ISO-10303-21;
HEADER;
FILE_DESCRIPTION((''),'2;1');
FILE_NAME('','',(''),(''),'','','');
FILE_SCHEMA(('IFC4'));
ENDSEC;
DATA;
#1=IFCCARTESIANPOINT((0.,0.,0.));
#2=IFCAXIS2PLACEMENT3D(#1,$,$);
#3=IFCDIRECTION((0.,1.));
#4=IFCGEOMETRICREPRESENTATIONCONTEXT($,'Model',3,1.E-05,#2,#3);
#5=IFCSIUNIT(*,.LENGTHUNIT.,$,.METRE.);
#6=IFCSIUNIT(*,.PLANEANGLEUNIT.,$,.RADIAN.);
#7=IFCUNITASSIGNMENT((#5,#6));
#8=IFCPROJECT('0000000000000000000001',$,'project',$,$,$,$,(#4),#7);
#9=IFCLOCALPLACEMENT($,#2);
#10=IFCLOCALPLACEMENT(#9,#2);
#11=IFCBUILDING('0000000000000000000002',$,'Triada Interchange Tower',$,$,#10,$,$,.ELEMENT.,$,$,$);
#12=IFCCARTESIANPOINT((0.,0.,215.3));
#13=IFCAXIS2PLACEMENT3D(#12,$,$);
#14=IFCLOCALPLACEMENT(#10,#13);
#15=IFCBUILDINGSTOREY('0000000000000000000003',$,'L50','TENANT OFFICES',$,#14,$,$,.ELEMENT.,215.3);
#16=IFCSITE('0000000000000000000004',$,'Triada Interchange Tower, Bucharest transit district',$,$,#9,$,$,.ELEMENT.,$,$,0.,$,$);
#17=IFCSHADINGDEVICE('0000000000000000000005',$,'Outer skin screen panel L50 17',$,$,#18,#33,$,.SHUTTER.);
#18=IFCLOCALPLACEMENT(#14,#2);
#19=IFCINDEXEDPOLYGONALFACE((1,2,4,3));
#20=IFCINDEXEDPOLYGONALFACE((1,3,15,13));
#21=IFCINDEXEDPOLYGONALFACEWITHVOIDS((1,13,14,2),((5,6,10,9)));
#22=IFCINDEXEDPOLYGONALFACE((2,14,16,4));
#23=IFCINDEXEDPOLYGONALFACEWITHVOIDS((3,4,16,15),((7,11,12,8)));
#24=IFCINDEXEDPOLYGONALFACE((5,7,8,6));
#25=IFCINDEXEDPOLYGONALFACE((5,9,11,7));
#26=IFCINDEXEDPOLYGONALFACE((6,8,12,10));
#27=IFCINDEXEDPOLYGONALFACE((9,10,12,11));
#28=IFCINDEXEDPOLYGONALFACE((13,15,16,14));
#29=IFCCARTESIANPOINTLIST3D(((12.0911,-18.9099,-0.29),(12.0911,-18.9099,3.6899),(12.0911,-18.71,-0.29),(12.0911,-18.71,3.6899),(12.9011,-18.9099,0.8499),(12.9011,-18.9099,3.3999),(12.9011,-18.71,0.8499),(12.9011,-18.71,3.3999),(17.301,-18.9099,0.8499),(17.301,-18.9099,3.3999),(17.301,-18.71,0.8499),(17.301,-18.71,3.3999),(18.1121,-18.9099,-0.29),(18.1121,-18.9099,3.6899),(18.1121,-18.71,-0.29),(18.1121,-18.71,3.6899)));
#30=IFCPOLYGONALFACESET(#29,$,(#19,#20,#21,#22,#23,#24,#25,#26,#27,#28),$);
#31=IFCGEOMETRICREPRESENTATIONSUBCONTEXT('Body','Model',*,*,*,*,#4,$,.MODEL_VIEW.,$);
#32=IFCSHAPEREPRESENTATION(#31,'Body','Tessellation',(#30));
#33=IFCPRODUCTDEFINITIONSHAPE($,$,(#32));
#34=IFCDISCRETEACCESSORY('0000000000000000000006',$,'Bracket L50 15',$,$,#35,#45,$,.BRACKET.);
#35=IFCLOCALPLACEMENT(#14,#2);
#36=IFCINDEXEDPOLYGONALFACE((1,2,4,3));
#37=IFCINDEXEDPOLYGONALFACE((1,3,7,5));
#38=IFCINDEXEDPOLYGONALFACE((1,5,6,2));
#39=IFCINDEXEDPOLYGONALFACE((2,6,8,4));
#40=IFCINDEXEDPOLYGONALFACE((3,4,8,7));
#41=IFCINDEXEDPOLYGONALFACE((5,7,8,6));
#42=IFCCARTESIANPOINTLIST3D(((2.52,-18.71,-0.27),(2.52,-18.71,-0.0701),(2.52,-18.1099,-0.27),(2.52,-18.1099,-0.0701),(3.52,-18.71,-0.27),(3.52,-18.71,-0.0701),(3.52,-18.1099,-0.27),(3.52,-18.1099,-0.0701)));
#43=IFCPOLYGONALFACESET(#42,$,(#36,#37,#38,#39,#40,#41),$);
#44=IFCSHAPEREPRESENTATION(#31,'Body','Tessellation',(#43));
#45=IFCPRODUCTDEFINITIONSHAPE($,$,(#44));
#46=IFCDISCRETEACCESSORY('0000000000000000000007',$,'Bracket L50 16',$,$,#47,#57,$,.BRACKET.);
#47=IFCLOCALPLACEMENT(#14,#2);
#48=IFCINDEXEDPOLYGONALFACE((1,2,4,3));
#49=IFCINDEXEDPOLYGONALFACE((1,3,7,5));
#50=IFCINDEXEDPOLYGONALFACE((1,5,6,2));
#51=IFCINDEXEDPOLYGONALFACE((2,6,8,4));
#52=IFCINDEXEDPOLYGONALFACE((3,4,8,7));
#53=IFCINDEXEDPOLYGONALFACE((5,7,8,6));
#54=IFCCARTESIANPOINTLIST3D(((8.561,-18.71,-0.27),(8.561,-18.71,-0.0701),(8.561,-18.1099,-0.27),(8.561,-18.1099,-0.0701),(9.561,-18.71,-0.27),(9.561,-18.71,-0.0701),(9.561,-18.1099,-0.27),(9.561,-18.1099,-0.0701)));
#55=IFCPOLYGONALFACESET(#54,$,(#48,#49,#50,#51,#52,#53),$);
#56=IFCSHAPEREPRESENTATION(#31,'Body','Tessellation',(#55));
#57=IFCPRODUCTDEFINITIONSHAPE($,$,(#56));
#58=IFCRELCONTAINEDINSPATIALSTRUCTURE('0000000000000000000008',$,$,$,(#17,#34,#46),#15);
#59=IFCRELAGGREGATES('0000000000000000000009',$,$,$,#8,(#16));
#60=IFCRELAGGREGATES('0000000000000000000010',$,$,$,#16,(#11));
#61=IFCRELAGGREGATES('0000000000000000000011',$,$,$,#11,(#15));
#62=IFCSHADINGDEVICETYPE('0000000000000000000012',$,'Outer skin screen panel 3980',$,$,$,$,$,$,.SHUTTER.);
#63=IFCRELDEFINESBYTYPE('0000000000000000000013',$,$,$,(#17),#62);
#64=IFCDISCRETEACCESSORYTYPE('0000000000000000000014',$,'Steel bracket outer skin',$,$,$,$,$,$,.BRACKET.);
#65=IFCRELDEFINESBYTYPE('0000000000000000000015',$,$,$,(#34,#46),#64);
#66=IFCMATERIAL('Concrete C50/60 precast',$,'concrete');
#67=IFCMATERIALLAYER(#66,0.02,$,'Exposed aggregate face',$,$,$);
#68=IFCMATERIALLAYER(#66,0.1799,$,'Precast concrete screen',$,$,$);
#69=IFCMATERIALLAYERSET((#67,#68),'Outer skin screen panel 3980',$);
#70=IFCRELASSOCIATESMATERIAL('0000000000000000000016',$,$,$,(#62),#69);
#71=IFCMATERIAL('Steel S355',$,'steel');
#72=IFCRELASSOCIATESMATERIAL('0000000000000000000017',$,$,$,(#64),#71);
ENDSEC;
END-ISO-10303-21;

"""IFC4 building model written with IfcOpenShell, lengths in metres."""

from ifc_helpers import new_model, si_unit, direction, frame, origin, origin_2d, place, context, subcontext, project, spatial, polyline, rectangle, outline, extrude, material, layer, layer_set, type_object, element, save


model = new_model("IFC4")

# Units and contexts
model_context = context("Model", 3, precision=1e-05, world=origin(), true_north=direction((0.0, 1.0)))
body_context = subcontext(model_context, "Body", "Model", "MODEL_VIEW")
ifc_project = project(units=[si_unit("LENGTHUNIT", "METRE"), si_unit("PLANEANGLEUNIT", "RADIAN")], contexts=[model_context])

# Site, building, storey
site_placement = place(None, origin())
site = spatial("IfcSite", under=ifc_project, at=site_placement, Name="Triada Interchange Tower, Bucharest transit district", CompositionType="ELEMENT", RefElevation=0.0)
building_placement = place(site_placement, origin())
building = spatial("IfcBuilding", under=site, at=building_placement, Name="Triada Interchange Tower", CompositionType="ELEMENT")
storey_placement = place(building_placement, frame((0.0, 0.0, 215.3)))
storey = spatial("IfcBuildingStorey", under=building, at=storey_placement, Name="L50", Description="TENANT OFFICES", CompositionType="ELEMENT", Elevation=215.3)

# Shading device
ifc_material_1 = material(Name="Concrete C50/60 precast", Category="concrete")
ifc_layer_1 = layer(ifc_material_1, 0.02, Name="Exposed aggregate face")
ifc_layer_2 = layer(ifc_material_1, 0.1799, Name="Precast concrete screen")
ifc_layer_set_1 = layer_set([ifc_layer_1, ifc_layer_2], Name="Outer skin screen panel 3980")
shading_device_type = type_object("IfcShadingDeviceType", Name="Outer skin screen panel 3980", PredefinedType="SHUTTER", material=ifc_layer_set_1)
shading_device_1_placement = place(storey_placement, frame((12.0911, -18.71, -0.29), z_axis=(0.0, 0.0, 1.0), x_axis=(1.0, 0.0, 0.0)))
element("IfcShadingDevice", 1, at=shading_device_1_placement, inside=storey, type_object=shading_device_type, Name="Outer skin screen panel L50 17", PredefinedType="SHUTTER", context=body_context, shape_type="SweptSolid", body=[
    extrude(outline(polyline([(0.0, 0.0), (6.021, 0.0), (6.021, 3.98), (0.0, 3.98), (0.0, 0.0)]), holes=[polyline([(0.8101, 1.1399), (0.8101, 3.6899), (5.21, 3.6899), (5.21, 1.1399), (0.8101, 1.1399)])]), frame((0.0, 0.0, 0.0), z_axis=(0.0, -1.0, 0.0), x_axis=(1.0, 0.0, 0.0)), (0.0, 0.0, 1.0), 0.2),
])

# Discrete accessories
ifc_material_2 = material(Name="Steel S355", Category="steel")
discrete_accessory_type = type_object("IfcDiscreteAccessoryType", Name="Steel bracket outer skin", PredefinedType="BRACKET", material=ifc_material_2)
for number, where, z_axis, x_axis, name in (
    (2, (3.02, -18.4099, -0.27), (0.0, 0.0, 1.0), (0.0, -1.0, 0.0), "Bracket L50 15"),
    (3, (9.061, -18.4099, -0.27), (0.0, 0.0, 1.0), (0.0, -1.0, 0.0), "Bracket L50 16"),
):
    element("IfcDiscreteAccessory", number, at=place(storey_placement, frame(where, z_axis=z_axis, x_axis=x_axis)), inside=storey, type_object=discrete_accessory_type, Name=name, PredefinedType="BRACKET", context=body_context, shape_type="SweptSolid", body=[
        extrude(rectangle(XDim=0.6001, YDim=1.0, at=origin_2d()), origin(), (0.0, 0.0, 1.0), 0.2),
    ])

save(model, "model.ifc")
